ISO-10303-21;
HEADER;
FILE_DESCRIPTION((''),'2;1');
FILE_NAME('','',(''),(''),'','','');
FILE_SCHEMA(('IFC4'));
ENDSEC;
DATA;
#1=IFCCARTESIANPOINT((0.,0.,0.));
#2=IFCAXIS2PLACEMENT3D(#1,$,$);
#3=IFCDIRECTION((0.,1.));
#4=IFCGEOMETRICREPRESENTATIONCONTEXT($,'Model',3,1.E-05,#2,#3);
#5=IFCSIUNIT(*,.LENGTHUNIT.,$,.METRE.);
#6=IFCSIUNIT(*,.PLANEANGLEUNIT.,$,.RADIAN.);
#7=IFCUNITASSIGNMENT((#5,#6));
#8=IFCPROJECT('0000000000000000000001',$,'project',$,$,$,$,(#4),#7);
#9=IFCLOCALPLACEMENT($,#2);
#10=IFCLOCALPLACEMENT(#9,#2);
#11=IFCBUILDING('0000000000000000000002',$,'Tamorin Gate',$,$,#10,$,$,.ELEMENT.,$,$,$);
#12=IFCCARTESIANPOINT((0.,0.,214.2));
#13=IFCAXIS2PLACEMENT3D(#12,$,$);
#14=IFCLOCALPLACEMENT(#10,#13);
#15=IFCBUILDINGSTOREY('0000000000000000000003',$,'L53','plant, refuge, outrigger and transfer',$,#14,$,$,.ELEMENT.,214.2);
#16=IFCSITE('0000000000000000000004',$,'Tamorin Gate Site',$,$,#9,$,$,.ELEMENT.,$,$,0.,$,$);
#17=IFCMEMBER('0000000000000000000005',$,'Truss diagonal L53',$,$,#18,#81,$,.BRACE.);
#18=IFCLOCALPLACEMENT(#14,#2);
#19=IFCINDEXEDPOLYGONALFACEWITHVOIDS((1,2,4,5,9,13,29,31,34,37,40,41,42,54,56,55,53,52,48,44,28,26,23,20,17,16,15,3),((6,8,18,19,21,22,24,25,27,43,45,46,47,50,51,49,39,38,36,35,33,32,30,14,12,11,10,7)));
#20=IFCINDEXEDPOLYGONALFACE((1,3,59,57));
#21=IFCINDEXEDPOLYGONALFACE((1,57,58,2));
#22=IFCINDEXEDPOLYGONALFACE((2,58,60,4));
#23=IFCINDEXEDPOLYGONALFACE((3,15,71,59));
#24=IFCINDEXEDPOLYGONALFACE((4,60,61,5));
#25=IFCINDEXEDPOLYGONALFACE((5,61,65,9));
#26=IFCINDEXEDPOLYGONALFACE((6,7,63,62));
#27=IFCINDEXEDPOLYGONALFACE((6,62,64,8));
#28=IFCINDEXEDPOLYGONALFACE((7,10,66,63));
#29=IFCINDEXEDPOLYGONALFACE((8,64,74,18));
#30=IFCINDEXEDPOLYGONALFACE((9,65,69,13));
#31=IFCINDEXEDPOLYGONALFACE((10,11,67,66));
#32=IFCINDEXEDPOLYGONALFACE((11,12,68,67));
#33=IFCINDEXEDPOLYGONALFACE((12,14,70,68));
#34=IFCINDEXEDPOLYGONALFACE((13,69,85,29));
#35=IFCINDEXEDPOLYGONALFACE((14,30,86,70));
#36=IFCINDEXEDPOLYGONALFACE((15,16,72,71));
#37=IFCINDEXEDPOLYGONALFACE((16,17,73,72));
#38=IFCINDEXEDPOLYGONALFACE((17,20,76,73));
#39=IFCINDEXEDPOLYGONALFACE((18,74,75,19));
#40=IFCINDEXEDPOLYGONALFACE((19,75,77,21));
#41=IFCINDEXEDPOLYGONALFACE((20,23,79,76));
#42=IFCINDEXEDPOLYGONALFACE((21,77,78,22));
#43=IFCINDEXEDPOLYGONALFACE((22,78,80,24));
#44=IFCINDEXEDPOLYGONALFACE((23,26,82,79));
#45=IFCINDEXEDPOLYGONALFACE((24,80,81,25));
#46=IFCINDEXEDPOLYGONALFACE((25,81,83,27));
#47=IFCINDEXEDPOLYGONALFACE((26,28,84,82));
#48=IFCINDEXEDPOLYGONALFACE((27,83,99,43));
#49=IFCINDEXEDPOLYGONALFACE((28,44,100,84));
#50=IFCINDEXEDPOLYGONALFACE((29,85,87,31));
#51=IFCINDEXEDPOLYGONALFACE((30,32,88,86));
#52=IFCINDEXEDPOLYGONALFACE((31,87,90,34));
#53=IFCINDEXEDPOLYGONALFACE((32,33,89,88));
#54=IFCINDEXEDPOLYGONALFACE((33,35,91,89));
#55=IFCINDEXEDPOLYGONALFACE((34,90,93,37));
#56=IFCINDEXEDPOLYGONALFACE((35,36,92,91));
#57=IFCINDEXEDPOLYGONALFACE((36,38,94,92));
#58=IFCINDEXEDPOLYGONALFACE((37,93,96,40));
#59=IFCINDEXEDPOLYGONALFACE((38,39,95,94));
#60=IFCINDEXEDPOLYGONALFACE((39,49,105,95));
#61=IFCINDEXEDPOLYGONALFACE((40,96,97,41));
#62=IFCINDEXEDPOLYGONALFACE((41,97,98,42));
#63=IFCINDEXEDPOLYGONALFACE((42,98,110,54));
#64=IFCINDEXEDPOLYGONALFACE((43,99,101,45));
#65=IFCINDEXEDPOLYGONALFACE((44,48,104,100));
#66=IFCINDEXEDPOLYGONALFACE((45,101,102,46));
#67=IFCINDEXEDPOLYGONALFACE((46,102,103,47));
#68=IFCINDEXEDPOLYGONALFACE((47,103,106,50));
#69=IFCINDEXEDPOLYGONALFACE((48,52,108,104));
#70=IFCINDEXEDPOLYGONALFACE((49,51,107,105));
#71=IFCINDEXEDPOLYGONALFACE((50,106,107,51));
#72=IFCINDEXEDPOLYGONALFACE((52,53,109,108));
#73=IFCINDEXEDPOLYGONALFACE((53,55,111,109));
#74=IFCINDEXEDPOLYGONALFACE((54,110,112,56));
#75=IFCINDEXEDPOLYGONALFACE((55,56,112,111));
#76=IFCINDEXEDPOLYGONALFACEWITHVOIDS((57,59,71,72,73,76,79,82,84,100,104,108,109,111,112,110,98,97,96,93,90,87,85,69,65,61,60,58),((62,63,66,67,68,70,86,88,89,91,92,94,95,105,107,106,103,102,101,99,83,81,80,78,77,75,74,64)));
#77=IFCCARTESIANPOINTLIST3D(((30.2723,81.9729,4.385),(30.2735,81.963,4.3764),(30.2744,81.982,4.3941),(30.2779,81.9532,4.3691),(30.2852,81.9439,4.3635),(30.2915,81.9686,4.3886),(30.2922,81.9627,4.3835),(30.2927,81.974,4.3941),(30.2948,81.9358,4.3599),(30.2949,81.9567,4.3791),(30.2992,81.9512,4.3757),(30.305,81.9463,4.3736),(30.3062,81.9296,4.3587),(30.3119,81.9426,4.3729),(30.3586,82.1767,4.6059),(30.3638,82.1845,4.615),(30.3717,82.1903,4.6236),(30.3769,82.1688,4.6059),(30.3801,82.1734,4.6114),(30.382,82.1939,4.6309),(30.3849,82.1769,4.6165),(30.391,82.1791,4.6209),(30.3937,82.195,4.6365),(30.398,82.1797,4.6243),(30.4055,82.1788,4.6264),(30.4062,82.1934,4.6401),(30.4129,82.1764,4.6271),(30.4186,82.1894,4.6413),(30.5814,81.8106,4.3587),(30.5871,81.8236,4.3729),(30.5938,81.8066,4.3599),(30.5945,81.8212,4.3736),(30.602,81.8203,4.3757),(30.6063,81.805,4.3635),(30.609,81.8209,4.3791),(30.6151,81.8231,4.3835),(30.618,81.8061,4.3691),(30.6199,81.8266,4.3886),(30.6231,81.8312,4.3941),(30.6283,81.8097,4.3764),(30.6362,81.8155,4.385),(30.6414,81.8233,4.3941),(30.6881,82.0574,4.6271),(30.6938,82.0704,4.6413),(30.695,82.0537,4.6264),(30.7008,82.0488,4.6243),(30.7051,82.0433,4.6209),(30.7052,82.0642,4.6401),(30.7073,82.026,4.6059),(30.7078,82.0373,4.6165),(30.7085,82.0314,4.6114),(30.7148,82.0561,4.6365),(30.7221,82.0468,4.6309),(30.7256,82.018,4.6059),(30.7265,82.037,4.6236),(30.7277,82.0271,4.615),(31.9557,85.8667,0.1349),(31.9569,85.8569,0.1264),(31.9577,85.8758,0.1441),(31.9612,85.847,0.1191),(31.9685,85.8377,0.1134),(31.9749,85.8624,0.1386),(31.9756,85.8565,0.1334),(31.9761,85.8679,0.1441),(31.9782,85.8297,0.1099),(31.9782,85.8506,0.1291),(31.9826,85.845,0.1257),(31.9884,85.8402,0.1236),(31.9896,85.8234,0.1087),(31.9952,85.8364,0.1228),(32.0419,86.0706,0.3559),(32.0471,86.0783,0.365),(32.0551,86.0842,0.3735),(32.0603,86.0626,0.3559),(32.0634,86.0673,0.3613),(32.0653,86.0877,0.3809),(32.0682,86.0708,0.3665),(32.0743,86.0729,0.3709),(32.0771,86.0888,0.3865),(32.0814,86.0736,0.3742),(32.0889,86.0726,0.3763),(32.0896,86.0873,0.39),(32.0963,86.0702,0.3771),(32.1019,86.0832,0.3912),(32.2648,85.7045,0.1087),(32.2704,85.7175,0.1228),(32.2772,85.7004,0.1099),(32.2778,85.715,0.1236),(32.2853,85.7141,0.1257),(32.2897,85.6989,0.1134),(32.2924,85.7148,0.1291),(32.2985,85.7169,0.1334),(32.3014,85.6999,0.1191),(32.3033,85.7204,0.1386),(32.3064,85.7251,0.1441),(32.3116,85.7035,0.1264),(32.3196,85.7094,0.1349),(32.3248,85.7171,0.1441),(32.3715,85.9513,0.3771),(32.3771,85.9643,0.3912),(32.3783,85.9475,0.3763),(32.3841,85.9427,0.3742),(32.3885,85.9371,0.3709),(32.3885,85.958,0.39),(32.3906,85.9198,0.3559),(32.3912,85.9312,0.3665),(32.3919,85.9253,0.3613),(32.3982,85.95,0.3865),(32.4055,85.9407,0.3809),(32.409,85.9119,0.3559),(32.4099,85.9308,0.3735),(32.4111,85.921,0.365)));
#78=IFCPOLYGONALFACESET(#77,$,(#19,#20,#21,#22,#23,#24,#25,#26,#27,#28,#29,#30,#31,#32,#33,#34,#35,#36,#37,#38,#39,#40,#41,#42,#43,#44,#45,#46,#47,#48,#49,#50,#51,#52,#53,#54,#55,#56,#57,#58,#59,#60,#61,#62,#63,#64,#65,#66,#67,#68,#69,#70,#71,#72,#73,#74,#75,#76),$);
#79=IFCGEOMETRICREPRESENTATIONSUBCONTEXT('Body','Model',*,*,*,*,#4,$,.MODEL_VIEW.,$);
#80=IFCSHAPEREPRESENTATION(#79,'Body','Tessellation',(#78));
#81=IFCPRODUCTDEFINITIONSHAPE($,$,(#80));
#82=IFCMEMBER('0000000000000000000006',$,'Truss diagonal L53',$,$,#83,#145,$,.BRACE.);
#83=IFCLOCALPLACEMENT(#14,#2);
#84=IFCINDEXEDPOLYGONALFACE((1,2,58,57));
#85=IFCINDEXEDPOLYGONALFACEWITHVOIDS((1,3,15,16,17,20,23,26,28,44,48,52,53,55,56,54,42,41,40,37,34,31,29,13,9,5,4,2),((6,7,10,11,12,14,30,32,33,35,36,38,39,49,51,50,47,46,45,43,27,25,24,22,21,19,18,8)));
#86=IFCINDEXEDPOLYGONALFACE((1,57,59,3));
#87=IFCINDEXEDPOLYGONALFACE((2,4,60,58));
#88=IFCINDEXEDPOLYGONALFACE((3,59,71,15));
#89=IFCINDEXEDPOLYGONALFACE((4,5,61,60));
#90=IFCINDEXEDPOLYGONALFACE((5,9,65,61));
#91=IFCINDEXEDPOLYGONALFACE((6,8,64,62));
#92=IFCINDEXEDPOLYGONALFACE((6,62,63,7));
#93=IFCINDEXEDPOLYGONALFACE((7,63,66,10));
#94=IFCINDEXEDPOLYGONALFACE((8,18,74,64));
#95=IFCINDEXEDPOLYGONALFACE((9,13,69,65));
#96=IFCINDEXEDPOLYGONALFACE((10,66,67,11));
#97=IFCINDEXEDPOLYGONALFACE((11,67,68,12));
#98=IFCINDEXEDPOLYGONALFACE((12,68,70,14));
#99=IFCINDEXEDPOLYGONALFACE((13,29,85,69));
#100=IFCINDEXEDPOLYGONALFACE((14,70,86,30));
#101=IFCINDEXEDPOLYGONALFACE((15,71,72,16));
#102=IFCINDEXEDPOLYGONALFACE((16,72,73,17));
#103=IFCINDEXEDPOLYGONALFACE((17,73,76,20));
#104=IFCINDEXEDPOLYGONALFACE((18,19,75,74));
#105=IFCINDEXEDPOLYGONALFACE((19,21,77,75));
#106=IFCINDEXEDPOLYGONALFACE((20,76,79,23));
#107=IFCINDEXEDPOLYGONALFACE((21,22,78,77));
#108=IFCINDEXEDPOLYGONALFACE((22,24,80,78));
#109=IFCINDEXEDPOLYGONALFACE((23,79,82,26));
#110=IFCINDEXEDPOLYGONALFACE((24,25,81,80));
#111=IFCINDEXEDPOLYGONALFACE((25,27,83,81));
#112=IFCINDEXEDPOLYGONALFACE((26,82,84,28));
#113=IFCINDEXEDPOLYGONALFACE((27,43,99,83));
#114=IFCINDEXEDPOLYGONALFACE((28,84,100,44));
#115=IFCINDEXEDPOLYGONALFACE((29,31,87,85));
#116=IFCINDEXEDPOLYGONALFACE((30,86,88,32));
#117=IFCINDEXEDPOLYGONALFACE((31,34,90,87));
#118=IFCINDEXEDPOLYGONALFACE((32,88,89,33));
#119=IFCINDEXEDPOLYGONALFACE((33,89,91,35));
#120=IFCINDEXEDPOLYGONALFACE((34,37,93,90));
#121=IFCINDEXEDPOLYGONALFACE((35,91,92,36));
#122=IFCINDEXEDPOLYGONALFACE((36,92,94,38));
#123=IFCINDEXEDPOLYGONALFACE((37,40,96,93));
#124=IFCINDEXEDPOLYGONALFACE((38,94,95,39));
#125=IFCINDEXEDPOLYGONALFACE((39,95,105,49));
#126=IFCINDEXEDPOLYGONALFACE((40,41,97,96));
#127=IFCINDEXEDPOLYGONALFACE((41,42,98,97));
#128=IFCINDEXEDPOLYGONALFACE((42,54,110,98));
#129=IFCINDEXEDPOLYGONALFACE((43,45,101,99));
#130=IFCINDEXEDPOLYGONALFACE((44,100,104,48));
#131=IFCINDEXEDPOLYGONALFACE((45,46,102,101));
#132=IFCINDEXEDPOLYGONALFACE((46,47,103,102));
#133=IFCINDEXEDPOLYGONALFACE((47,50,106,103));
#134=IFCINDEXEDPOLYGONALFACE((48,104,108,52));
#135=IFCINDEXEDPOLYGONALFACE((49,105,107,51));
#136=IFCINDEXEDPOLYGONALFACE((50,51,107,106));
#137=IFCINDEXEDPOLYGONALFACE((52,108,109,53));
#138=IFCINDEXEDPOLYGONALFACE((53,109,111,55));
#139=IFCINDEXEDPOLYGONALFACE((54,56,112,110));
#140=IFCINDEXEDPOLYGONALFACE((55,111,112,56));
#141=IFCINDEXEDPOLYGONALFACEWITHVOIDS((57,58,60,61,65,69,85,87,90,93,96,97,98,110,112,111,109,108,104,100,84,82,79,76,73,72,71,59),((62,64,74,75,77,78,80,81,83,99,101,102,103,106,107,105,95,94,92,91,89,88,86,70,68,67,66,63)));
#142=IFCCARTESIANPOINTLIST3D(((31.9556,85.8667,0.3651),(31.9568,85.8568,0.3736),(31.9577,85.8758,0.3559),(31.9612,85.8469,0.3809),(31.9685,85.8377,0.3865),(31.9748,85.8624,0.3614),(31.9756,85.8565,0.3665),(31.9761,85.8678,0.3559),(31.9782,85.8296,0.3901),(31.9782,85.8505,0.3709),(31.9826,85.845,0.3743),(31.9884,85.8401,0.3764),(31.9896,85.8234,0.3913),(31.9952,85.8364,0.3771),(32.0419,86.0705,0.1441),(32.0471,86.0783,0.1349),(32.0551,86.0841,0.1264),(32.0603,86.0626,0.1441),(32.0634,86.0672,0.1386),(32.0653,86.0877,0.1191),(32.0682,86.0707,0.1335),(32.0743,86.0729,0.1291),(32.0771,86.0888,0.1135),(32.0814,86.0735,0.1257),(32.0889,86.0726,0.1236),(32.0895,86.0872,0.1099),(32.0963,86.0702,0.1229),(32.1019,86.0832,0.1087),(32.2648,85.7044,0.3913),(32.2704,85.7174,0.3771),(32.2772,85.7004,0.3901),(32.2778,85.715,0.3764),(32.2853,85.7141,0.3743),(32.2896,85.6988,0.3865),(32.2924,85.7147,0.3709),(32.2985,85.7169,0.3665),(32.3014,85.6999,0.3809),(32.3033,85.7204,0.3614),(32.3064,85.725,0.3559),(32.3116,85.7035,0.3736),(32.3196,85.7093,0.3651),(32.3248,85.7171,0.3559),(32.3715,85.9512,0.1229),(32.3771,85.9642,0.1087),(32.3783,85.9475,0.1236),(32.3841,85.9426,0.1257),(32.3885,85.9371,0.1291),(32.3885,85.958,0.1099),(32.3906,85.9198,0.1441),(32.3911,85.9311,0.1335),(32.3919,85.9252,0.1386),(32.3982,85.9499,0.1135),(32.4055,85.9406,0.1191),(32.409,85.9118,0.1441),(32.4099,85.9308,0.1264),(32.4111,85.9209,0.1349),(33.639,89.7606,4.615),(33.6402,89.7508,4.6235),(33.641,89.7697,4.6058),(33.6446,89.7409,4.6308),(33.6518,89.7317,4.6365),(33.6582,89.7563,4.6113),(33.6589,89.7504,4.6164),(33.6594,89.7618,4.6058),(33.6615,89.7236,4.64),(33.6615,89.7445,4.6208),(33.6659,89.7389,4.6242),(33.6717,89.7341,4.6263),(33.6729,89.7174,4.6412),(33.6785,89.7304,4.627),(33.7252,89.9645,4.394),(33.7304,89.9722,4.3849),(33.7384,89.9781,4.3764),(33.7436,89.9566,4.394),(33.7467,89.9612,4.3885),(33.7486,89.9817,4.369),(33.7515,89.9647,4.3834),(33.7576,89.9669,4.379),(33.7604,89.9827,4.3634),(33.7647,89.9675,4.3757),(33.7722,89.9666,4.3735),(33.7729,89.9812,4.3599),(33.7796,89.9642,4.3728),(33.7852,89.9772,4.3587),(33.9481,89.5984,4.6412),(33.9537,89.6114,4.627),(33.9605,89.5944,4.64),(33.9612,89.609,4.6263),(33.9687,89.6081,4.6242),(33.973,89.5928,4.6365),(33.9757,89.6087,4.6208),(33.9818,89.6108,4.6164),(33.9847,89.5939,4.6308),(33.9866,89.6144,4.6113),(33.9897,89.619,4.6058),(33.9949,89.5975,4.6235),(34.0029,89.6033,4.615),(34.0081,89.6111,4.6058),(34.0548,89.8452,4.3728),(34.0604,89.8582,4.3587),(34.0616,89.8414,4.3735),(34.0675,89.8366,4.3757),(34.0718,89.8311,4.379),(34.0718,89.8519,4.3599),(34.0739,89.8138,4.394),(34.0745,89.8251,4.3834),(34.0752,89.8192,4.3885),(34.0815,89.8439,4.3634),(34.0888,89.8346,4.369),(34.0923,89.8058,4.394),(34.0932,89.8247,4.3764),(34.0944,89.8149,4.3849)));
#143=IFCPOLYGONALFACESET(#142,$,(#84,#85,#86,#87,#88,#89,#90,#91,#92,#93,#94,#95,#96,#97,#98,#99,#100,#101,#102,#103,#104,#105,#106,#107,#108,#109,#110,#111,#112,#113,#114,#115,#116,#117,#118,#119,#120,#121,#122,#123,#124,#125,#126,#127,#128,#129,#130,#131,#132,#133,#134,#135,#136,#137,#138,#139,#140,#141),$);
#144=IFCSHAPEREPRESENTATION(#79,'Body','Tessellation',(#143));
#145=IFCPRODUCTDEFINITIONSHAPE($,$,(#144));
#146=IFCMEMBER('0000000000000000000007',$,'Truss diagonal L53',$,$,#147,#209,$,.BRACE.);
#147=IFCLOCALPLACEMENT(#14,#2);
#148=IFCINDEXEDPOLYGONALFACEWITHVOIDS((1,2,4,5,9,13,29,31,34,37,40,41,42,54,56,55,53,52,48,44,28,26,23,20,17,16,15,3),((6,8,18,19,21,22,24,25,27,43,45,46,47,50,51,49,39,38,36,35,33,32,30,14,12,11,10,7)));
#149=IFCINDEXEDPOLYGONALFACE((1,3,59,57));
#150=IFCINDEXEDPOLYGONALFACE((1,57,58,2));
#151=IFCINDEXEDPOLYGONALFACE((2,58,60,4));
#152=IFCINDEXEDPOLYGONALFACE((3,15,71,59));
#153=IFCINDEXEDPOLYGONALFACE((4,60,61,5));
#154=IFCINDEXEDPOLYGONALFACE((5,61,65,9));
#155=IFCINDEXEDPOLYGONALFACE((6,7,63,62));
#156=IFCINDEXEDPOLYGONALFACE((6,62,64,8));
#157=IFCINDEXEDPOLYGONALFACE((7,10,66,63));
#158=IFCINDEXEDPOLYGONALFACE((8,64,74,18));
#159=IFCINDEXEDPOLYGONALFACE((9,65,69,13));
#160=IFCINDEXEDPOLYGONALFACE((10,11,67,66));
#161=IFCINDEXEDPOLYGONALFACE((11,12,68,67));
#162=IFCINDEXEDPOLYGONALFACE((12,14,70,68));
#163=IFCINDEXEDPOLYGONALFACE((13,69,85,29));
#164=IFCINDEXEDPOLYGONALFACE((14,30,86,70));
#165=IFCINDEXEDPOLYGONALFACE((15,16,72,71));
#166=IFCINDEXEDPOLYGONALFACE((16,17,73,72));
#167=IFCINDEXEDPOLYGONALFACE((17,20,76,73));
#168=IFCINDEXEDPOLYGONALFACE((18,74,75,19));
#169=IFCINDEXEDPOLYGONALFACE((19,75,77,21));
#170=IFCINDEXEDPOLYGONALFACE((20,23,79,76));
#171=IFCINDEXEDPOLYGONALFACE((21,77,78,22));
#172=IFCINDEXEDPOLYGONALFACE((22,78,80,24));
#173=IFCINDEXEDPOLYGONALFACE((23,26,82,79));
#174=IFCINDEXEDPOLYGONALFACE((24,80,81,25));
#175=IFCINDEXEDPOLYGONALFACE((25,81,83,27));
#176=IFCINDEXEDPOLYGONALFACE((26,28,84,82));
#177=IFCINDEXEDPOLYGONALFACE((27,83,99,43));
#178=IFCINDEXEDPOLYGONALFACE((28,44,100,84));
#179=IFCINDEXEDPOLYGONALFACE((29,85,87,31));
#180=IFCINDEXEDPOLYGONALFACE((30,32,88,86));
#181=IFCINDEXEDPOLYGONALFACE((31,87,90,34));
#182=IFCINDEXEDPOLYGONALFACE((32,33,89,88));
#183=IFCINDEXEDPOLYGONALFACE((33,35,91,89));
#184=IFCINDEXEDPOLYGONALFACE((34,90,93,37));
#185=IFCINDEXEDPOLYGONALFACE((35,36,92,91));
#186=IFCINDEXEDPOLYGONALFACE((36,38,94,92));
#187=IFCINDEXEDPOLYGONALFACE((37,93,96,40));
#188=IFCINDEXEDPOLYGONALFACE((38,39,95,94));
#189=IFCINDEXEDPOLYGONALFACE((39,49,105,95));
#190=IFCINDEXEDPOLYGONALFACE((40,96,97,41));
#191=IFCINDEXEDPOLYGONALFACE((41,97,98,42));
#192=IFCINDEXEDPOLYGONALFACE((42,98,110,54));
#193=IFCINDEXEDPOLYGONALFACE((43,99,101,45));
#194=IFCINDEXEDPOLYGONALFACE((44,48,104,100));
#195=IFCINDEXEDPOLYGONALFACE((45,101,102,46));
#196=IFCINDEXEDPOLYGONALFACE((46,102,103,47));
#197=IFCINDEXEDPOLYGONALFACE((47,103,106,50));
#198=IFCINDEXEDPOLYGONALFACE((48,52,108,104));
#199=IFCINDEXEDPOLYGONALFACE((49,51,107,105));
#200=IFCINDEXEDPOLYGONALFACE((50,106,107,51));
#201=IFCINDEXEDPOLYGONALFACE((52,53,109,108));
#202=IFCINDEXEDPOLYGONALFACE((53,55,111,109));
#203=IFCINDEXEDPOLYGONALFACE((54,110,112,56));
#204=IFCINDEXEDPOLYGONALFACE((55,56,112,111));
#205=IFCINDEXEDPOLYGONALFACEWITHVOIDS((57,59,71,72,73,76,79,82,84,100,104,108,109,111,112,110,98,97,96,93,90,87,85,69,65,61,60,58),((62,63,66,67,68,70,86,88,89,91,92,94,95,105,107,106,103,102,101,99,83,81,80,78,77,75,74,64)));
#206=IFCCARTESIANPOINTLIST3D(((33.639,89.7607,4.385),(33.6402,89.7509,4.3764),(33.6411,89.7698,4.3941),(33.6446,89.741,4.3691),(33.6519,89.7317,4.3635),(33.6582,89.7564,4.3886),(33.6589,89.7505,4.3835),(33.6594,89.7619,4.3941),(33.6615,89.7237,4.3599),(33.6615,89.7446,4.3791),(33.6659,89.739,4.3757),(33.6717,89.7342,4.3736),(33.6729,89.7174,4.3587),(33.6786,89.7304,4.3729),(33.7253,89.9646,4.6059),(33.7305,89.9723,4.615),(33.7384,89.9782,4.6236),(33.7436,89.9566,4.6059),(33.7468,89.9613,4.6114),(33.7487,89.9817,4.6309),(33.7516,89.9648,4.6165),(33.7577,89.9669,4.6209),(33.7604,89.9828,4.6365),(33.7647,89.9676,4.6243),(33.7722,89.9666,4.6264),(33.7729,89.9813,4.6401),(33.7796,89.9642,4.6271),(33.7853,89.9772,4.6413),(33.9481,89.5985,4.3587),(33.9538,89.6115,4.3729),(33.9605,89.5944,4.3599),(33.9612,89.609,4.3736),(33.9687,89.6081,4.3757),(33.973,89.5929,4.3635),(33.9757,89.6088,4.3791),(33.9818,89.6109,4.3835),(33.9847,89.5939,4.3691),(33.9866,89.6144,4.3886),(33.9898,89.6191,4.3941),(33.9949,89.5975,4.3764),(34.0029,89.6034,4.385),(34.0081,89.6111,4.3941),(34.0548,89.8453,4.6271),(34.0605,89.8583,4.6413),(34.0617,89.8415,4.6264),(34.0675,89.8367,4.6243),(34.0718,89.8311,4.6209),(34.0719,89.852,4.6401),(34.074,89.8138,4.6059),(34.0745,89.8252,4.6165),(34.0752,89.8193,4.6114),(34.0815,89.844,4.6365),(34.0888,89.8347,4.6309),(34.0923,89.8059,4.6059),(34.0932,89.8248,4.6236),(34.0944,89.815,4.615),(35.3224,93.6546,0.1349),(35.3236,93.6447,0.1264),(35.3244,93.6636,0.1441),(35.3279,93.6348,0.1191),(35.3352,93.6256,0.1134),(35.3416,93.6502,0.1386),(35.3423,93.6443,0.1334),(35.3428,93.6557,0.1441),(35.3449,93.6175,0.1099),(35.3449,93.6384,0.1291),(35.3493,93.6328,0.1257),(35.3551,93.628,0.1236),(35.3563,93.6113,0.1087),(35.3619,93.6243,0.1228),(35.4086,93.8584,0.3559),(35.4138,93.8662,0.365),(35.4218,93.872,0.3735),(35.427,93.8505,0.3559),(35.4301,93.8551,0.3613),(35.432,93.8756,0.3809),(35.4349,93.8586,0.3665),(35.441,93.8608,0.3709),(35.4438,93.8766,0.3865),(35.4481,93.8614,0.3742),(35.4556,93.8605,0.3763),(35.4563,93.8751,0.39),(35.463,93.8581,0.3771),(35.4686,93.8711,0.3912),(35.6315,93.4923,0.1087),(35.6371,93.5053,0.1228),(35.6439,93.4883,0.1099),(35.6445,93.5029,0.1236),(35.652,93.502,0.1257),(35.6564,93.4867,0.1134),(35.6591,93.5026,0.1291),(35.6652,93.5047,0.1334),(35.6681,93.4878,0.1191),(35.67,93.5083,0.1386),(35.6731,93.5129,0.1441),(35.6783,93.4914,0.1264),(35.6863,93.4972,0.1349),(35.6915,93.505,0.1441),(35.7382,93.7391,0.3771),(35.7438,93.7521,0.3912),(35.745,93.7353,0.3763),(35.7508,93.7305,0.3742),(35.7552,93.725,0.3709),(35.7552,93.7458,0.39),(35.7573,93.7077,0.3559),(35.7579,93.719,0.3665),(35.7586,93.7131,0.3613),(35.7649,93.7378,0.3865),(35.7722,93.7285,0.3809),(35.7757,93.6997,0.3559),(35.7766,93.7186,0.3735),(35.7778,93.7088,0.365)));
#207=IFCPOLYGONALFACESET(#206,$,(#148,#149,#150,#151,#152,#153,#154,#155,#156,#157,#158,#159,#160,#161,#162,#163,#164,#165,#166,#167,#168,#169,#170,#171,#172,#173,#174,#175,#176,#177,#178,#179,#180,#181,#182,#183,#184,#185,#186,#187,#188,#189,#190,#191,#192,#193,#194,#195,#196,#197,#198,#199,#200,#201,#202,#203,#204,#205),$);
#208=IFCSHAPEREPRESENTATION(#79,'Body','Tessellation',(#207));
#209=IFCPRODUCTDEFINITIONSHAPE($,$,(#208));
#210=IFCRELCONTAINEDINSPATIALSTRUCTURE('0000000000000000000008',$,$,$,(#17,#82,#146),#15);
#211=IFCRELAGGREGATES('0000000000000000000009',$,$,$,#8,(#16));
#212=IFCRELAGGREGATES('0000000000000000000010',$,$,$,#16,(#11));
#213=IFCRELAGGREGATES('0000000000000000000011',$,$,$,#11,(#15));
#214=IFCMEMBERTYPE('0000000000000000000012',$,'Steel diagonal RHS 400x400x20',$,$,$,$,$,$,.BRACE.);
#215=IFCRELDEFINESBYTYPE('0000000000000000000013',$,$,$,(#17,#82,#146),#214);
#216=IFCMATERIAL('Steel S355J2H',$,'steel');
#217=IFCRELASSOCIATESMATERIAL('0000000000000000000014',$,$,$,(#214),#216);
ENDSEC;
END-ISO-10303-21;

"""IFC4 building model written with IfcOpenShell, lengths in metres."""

from ifc_helpers import new_model, si_unit, direction, frame, origin, origin_2d, place, context, subcontext, project, spatial, hollow_rectangle, extrude, material, material_profile, profile_set, type_object, element, save


model = new_model("IFC4")

# Units and contexts
model_context = context("Model", 3, precision=1e-05, world=origin(), true_north=direction((0.0, 1.0)))
body_context = subcontext(model_context, "Body", "Model", "MODEL_VIEW")
ifc_project = project(units=[si_unit("LENGTHUNIT", "METRE"), si_unit("PLANEANGLEUNIT", "RADIAN")], contexts=[model_context])

# Site, building, storey
site_placement = place(None, origin())
site = spatial("IfcSite", under=ifc_project, at=site_placement, Name="Tamorin Gate Site", CompositionType="ELEMENT", RefElevation=0.0)
building_placement = place(site_placement, origin())
building = spatial("IfcBuilding", under=site, at=building_placement, Name="Tamorin Gate", CompositionType="ELEMENT")
storey_placement = place(building_placement, frame((0.0, 0.0, 214.2)))
storey = spatial("IfcBuildingStorey", under=building, at=storey_placement, Name="L53", Description="plant, refuge, outrigger and transfer", CompositionType="ELEMENT", Elevation=214.2)

# Members
ifc_material_1 = material(Name="Steel S355J2H", Category="steel")
ifc_material_profile_1 = material_profile(ifc_material_1, hollow_rectangle(XDim=0.3999, YDim=0.3999, WallThickness=0.02, InnerFilletRadius=0.03, OuterFilletRadius=0.05, at=origin_2d()), Name="RHS 400x400x20")
ifc_profile_set_1 = profile_set([ifc_material_profile_1], Name="Steel S355J2H")
member_type_1 = type_object("IfcMemberType", Name="Steel diagonal RHS 400x400x20", PredefinedType="BRACE", material=ifc_profile_set_1)
for number, where, z_axis, x_axis, name in (
    (1, (30.5, 82.0, 4.5), (0.280333, 0.648446, -0.707765), (-0.917896, 0.396821, 0.0), "Truss diagonal L53"),
    (2, (32.1833, 85.8938, 0.25), (0.280326, 0.648469, 0.707746), (-0.917905, 0.3968, 0.0), "Truss diagonal L53"),
    (3, (33.8667, 89.7878, 4.5), (0.280333, 0.648446, -0.707765), (-0.917896, 0.396821, 0.0), "Truss diagonal L53"),
):
    element("IfcMember", number, at=place(storey_placement, frame(where, z_axis=z_axis, x_axis=x_axis)), inside=storey, type_object=member_type_1, Name=name, PredefinedType="BRACE", context=body_context, shape_type="SweptSolid", body=[
        extrude(hollow_rectangle(XDim=0.3999, YDim=0.3999, WallThickness=0.02, InnerFilletRadius=0.03, OuterFilletRadius=0.05, at=origin_2d()), origin(), (0.0, 0.0, 1.0), 6.0049),
    ])

save(model, "model.ifc")
